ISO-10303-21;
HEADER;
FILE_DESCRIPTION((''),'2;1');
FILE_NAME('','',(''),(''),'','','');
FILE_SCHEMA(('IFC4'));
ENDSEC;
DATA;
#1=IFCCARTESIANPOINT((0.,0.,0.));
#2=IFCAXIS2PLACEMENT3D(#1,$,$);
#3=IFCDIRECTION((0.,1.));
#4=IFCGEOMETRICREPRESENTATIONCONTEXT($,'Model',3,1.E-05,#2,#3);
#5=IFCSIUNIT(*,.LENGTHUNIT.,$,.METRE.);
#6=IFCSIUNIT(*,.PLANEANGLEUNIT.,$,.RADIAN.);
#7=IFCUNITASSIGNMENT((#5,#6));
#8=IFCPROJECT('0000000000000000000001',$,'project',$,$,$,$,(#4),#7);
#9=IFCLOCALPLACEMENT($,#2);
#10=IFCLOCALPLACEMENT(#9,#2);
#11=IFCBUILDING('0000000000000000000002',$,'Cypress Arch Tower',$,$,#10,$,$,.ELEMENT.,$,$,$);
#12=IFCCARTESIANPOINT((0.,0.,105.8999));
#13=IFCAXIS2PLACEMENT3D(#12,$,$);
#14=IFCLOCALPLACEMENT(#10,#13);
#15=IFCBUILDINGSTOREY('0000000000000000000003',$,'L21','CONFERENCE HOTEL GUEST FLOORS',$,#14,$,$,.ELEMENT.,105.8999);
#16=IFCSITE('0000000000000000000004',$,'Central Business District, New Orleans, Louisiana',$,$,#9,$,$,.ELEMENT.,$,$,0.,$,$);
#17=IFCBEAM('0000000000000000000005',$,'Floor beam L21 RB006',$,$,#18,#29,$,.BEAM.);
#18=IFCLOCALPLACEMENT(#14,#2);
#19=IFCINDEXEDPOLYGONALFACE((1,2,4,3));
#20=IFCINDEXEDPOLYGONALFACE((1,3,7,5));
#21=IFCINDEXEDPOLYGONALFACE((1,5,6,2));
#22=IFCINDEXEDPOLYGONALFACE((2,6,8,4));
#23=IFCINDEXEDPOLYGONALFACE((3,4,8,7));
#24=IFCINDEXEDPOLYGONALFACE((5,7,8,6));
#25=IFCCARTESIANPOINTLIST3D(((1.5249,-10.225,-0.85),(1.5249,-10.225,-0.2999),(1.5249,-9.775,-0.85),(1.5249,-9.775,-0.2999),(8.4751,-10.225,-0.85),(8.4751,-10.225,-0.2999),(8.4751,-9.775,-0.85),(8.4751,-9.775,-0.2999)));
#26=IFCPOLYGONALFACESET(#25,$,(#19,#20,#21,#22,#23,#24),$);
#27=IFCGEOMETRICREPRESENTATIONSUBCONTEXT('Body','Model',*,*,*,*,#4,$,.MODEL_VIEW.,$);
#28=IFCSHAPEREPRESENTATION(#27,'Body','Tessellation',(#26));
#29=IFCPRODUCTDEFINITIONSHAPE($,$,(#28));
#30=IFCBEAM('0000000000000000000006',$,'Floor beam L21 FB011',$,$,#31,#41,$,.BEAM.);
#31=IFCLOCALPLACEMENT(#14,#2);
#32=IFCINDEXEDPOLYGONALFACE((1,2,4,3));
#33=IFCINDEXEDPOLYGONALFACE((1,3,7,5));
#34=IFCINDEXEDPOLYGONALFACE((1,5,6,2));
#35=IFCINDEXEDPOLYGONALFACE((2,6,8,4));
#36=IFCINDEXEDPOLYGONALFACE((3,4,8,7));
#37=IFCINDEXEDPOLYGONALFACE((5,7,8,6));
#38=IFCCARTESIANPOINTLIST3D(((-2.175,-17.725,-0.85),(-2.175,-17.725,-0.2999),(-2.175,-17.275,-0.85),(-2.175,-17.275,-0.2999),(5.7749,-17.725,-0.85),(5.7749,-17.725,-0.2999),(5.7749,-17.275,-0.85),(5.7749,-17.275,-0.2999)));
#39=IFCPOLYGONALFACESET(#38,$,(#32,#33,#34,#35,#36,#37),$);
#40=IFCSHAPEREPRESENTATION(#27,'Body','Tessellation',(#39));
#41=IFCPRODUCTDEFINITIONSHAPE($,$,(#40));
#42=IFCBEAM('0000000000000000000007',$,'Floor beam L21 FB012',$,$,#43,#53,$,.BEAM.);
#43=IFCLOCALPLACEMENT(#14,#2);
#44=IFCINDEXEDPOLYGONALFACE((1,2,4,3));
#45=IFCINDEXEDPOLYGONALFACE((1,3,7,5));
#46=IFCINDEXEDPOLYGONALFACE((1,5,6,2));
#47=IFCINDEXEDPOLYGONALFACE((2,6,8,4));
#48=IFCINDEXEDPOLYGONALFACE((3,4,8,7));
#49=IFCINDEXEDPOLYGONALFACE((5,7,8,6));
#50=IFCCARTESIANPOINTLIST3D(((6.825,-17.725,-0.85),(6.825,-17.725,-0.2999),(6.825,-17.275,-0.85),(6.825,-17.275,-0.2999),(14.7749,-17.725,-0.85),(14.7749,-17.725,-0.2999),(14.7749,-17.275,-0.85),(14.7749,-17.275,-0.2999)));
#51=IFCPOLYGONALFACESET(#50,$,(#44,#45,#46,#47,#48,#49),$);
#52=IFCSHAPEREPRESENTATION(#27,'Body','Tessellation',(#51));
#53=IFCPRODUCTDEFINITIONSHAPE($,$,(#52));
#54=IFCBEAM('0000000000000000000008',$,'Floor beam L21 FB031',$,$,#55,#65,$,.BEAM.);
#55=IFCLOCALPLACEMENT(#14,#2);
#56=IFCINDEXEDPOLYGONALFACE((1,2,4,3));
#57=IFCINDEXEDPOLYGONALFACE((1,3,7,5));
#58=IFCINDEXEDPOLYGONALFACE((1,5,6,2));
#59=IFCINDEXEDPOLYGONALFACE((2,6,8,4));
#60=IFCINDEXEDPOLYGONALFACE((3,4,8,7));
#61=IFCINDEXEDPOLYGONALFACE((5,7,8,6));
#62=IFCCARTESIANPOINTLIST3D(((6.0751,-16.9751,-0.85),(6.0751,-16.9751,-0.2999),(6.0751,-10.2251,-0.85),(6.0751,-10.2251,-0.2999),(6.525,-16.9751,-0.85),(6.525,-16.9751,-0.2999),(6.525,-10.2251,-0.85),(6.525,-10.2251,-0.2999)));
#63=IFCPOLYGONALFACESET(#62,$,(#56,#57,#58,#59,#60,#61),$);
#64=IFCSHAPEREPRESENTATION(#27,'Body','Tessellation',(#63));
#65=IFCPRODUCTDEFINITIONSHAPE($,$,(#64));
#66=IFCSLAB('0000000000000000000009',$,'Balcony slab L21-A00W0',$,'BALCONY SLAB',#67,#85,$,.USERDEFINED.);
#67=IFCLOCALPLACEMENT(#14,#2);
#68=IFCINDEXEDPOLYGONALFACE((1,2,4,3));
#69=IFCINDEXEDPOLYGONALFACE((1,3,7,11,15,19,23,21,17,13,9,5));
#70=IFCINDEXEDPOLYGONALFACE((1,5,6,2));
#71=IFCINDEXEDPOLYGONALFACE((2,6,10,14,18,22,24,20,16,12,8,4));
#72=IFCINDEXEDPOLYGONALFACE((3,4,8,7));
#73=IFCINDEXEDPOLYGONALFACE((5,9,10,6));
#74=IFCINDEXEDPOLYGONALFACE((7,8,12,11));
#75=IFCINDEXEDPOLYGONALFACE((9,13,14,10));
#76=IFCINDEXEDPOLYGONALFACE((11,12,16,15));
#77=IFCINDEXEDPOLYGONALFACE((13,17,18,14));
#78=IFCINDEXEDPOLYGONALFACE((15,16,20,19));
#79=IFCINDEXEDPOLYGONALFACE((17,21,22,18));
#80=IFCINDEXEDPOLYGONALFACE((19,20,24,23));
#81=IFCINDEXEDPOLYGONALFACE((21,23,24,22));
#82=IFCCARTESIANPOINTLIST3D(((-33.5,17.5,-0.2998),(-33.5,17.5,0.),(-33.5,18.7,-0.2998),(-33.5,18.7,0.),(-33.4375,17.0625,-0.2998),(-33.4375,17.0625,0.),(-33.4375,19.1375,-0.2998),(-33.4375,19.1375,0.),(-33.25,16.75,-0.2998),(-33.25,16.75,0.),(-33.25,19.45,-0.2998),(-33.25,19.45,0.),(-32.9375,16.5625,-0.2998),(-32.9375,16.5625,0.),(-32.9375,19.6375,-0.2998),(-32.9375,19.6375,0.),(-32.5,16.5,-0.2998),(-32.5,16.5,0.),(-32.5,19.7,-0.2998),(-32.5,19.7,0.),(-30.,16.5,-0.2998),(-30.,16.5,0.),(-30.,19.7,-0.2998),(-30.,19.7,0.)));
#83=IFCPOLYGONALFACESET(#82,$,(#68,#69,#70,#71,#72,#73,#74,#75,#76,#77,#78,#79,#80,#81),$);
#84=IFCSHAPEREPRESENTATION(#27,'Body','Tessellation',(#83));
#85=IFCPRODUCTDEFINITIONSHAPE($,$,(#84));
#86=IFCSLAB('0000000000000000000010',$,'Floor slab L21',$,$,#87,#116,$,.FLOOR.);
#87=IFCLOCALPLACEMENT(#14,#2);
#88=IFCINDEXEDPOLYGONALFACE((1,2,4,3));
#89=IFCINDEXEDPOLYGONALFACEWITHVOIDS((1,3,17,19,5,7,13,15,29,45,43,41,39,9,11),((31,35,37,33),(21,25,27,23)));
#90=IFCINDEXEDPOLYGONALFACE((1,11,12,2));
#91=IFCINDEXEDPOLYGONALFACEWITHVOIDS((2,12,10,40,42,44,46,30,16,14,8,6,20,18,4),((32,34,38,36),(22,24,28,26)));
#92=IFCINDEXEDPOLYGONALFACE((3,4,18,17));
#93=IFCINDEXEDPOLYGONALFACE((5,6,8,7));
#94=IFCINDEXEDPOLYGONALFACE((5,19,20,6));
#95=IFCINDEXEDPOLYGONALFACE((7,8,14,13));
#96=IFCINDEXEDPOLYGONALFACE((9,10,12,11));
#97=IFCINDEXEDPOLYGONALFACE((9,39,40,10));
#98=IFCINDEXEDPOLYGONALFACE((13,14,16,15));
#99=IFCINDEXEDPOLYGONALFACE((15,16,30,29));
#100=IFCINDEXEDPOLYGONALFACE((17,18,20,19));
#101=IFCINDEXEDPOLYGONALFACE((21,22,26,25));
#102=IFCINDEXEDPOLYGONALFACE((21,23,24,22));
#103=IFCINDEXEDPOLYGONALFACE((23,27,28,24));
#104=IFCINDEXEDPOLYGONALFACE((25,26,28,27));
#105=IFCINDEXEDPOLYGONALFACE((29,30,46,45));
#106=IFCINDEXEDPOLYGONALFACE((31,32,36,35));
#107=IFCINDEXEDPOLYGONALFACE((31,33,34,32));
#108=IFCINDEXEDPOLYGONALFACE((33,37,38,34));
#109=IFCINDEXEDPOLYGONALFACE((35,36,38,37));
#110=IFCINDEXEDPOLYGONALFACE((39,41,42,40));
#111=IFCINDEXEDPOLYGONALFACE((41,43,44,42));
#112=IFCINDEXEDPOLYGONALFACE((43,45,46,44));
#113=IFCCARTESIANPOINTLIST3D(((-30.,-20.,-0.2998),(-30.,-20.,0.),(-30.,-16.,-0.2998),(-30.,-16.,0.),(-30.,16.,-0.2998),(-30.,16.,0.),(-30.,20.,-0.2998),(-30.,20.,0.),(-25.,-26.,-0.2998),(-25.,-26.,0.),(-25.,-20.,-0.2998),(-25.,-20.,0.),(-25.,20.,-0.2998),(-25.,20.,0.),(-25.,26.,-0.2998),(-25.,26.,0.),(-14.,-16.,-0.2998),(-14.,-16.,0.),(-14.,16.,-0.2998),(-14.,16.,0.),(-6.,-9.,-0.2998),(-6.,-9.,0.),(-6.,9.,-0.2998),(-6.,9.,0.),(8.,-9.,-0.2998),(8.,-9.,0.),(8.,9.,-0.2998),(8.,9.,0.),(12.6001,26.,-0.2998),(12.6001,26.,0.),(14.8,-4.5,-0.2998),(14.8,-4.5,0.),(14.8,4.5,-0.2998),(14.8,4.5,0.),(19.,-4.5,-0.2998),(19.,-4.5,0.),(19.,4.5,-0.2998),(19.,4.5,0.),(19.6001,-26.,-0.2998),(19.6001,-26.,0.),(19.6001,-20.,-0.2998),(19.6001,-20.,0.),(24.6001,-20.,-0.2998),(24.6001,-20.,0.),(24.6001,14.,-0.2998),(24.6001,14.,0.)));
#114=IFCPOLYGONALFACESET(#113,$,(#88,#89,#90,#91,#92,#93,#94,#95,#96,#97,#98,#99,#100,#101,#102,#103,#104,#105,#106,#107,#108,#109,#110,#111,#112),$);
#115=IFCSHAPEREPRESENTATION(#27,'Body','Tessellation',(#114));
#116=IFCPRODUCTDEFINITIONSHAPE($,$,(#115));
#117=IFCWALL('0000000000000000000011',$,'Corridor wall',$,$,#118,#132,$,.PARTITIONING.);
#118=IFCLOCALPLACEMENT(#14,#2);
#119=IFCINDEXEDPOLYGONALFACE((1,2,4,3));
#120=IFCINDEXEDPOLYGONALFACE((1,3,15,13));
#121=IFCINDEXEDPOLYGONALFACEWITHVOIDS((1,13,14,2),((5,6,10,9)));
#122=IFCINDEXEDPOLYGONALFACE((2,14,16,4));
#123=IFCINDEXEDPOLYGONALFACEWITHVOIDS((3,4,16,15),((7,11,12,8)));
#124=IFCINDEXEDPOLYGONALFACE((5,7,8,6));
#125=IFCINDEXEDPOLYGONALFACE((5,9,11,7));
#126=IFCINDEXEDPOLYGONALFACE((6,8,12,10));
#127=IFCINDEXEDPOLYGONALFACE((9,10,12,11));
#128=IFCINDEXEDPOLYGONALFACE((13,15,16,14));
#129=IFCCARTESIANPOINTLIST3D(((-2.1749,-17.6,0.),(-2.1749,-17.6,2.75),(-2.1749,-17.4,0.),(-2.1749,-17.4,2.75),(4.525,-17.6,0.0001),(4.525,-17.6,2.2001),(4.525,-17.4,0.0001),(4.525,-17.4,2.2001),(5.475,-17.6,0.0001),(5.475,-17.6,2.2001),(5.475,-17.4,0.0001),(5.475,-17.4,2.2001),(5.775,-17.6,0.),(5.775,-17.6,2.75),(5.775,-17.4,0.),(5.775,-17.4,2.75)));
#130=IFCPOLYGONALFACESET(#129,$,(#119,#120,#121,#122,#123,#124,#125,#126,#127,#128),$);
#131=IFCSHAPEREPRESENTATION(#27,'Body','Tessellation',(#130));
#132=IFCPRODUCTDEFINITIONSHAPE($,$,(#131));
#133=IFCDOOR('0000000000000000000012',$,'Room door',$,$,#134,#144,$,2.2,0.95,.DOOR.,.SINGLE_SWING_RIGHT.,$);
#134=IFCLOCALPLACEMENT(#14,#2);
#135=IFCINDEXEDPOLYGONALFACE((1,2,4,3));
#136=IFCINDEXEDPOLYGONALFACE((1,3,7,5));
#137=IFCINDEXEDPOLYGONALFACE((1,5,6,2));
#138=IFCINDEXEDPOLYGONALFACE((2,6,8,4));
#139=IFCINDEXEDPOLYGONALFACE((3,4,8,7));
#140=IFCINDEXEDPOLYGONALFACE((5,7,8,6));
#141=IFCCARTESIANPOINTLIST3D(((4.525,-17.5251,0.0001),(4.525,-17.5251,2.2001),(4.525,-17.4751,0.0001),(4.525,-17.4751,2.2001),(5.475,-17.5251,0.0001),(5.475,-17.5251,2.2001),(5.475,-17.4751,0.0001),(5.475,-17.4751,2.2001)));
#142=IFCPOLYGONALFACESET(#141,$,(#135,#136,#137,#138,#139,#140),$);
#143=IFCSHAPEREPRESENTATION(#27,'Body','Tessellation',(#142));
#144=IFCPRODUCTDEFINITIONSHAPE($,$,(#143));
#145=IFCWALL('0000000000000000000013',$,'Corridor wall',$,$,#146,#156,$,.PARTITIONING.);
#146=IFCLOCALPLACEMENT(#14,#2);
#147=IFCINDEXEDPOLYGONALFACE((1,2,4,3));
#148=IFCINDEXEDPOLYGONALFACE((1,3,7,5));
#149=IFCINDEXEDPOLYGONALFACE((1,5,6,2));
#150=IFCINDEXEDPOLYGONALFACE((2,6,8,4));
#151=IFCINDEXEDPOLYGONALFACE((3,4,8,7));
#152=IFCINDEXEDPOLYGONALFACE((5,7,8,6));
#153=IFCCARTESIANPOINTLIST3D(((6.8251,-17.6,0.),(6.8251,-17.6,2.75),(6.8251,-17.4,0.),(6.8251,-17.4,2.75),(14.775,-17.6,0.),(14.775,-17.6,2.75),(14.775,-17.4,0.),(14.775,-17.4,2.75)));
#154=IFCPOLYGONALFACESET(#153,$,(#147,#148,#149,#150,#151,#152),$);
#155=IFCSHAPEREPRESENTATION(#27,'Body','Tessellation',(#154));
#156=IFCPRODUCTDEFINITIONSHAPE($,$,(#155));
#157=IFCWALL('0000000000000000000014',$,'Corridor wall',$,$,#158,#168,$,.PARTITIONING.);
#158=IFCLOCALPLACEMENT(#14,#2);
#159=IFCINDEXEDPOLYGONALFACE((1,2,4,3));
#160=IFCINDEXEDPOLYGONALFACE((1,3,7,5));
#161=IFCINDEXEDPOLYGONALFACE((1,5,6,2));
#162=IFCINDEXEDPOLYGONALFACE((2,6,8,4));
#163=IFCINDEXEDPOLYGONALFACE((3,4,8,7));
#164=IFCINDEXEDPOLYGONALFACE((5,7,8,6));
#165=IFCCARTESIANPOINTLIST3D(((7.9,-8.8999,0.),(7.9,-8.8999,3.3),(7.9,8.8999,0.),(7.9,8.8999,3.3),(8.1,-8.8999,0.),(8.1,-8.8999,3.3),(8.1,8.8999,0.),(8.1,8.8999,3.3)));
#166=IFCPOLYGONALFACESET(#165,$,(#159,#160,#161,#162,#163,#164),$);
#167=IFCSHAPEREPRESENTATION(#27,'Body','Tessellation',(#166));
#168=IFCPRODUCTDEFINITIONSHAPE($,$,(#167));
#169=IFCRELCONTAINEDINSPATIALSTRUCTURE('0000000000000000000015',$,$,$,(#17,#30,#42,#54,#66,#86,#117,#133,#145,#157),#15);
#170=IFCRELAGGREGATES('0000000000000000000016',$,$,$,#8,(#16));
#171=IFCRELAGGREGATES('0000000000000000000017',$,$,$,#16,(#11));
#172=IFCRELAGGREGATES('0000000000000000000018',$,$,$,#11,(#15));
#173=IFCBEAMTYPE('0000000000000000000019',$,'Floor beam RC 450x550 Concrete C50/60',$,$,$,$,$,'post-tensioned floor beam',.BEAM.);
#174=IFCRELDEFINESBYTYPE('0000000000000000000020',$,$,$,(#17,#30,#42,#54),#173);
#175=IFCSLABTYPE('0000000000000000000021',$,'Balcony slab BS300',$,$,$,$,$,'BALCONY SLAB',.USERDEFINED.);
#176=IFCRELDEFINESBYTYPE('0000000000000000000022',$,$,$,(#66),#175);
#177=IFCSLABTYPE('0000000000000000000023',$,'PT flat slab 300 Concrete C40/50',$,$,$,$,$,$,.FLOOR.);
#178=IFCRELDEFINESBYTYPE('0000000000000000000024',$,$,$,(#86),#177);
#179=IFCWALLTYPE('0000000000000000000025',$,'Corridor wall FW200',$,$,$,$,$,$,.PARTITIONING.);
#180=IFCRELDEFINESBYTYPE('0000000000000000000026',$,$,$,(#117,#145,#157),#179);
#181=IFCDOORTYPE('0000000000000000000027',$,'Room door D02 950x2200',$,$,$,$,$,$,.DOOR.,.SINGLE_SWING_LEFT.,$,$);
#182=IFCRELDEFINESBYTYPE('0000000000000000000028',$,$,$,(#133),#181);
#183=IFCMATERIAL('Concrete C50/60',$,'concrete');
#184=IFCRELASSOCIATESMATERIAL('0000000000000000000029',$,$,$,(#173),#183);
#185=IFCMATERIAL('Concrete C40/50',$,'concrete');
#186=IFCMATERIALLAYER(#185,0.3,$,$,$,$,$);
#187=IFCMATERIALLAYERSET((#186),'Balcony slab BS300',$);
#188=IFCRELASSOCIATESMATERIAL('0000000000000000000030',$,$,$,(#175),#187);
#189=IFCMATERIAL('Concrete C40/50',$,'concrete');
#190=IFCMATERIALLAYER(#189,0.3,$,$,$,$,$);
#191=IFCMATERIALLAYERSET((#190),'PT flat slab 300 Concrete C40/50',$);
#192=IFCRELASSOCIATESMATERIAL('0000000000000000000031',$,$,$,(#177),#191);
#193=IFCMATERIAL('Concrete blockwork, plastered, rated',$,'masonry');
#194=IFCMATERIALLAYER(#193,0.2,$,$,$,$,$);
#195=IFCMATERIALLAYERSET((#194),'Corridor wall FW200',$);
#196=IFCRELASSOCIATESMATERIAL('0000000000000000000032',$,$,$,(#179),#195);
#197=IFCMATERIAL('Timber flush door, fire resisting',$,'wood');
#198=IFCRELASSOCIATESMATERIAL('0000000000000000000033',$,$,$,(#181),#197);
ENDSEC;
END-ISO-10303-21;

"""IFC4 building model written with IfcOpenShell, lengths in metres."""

from ifc_helpers import new_model, si_unit, direction, frame, frame_2d, origin, origin_2d, place, context, subcontext, project, spatial, polyline, rectangle, outline, extrude, material, layer, layer_set, material_profile, profile_set, type_object, element, fill, save


model = new_model("IFC4")

# Units and contexts
model_context = context("Model", 3, precision=1e-05, world=origin(), true_north=direction((0.0, 1.0)))
body_context = subcontext(model_context, "Body", "Model", "MODEL_VIEW")
ifc_project = project(units=[si_unit("LENGTHUNIT", "METRE"), si_unit("PLANEANGLEUNIT", "RADIAN")], contexts=[model_context])

# Site, building, storey
site_placement = place(None, origin())
site = spatial("IfcSite", under=ifc_project, at=site_placement, Name="Central Business District, New Orleans, Louisiana", CompositionType="ELEMENT", RefElevation=0.0)
building_placement = place(site_placement, origin())
building = spatial("IfcBuilding", under=site, at=building_placement, Name="Cypress Arch Tower", CompositionType="ELEMENT")
storey_placement = place(building_placement, frame((0.0, 0.0, 105.8999)))
storey = spatial("IfcBuildingStorey", under=building, at=storey_placement, Name="L21", Description="CONFERENCE HOTEL GUEST FLOORS", CompositionType="ELEMENT", Elevation=105.8999)

# Beams
ifc_material_1 = material(Name="Concrete C50/60", Category="concrete")
ifc_material_profile_1 = material_profile(ifc_material_1, rectangle(XDim=0.45, YDim=0.55, at=origin_2d()), Name="RC 450x550")
ifc_profile_set_1 = profile_set([ifc_material_profile_1], Name="Concrete C50/60")
beam_type_1 = type_object("IfcBeamType", Name="Floor beam RC 450x550 Concrete C50/60", ElementType="post-tensioned floor beam", PredefinedType="BEAM", material=ifc_profile_set_1)
beam_1_placement = place(storey_placement, frame((1.5249, -10.0, -0.575), z_axis=(1.0, 0.0, 0.0), x_axis=(0.0, 1.0, 0.0)))
element("IfcBeam", 1, at=beam_1_placement, inside=storey, type_object=beam_type_1, Name="Floor beam L21 RB006", PredefinedType="BEAM", context=body_context, shape_type="SweptSolid", body=[
    extrude(rectangle(XDim=0.45, YDim=0.55, at=origin_2d()), origin(), (0.0, 0.0, 1.0), 6.9502),
])
for number, where, z_axis, x_axis, name in (
    (2, (-2.175, -17.5, -0.575), (1.0, 0.0, 0.0), (0.0, 1.0, 0.0), "Floor beam L21 FB011"),
    (3, (6.825, -17.5, -0.575), (1.0, 0.0, 0.0), (0.0, 1.0, 0.0), "Floor beam L21 FB012"),
):
    element("IfcBeam", number, at=place(storey_placement, frame(where, z_axis=z_axis, x_axis=x_axis)), inside=storey, type_object=beam_type_1, Name=name, PredefinedType="BEAM", context=body_context, shape_type="SweptSolid", body=[
        extrude(rectangle(XDim=0.45, YDim=0.55, at=origin_2d()), origin(), (0.0, 0.0, 1.0), 7.95),
    ])
beam_2_placement = place(storey_placement, frame((6.3, -16.9751, -0.575), z_axis=(0.0, 1.0, 0.0), x_axis=(-1.0, 0.0, 0.0)))
element("IfcBeam", 4, at=beam_2_placement, inside=storey, type_object=beam_type_1, Name="Floor beam L21 FB031", PredefinedType="BEAM", context=body_context, shape_type="SweptSolid", body=[
    extrude(rectangle(XDim=0.45, YDim=0.55, at=origin_2d()), origin(), (0.0, 0.0, 1.0), 6.75),
])

# Slabs
ifc_material_2 = material(Name="Concrete C40/50", Category="concrete")
ifc_layer_1 = layer(ifc_material_2, 0.3)
ifc_layer_set_1 = layer_set([ifc_layer_1], Name="Balcony slab BS300")
slab_type_1 = type_object("IfcSlabType", Name="Balcony slab BS300", ElementType="BALCONY SLAB", PredefinedType="USERDEFINED", material=ifc_layer_set_1)
slab_1_placement = place(storey_placement, frame((0.0, 0.0, -0.2998)))
element("IfcSlab", 5, at=slab_1_placement, inside=storey, type_object=slab_type_1, Name="Balcony slab L21-A00W0", ObjectType="BALCONY SLAB", PredefinedType="USERDEFINED", context=body_context, shape_type="SweptSolid", body=[
    extrude(outline(polyline([(-30.0, 19.7), (-32.5, 19.7), (-32.9375, 19.6375), (-33.25, 19.45), (-33.4375, 19.1375), (-33.5, 18.7), (-33.5, 17.5), (-33.4375, 17.0625), (-33.25, 16.75), (-32.9375, 16.5625), (-32.5, 16.5), (-30.0, 16.5), (-30.0, 19.7)])), origin(), (0.0, 0.0, 1.0), 0.2998),
])
ifc_material_3 = material(Name="Concrete C40/50", Category="concrete")
ifc_layer_2 = layer(ifc_material_3, 0.3)
ifc_layer_set_2 = layer_set([ifc_layer_2], Name="PT flat slab 300 Concrete C40/50")
slab_type_2 = type_object("IfcSlabType", Name="PT flat slab 300 Concrete C40/50", PredefinedType="FLOOR", material=ifc_layer_set_2)
slab_2_placement = place(storey_placement, frame((0.0, 0.0, -0.2998)))
element("IfcSlab", 6, at=slab_2_placement, inside=storey, type_object=slab_type_2, Name="Floor slab L21", PredefinedType="FLOOR", context=body_context, shape_type="SweptSolid", body=[
    extrude(outline(polyline([(-30.0, 20.0), (-25.0, 20.0), (-25.0, 26.0), (12.6001, 26.0), (24.6001, 14.0), (24.6001, -20.0), (19.6001, -20.0), (19.6001, -26.0), (-25.0, -26.0), (-25.0, -20.0), (-30.0, -20.0), (-30.0, -16.0), (-14.0, -16.0), (-14.0, 16.0), (-30.0, 16.0), (-30.0, 20.0)]), holes=[polyline([(-6.0, -9.0), (8.0, -9.0), (8.0, 9.0), (-6.0, 9.0), (-6.0, -9.0)]), polyline([(14.8, -4.5), (19.0, -4.5), (19.0, 4.5), (14.8, 4.5), (14.8, -4.5)])]), origin(), (0.0, 0.0, 1.0), 0.2998),
])

# Wall, opening, door
ifc_material_4 = material(Name="Concrete blockwork, plastered, rated", Category="masonry")
ifc_layer_3 = layer(ifc_material_4, 0.2)
ifc_layer_set_3 = layer_set([ifc_layer_3], Name="Corridor wall FW200")
wall_type_1 = type_object("IfcWallType", Name="Corridor wall FW200", PredefinedType="PARTITIONING", material=ifc_layer_set_3)
wall_1_placement = place(storey_placement, frame((-2.175, -17.5, 0.0), z_axis=(0.0, 0.0, 1.0), x_axis=(1.0, 0.0, 0.0)))
wall_1 = element("IfcWall", 7, at=wall_1_placement, inside=storey, type_object=wall_type_1, Name="Corridor wall", PredefinedType="PARTITIONING", context=body_context, shape_type="SweptSolid", body=[
    extrude(rectangle(XDim=7.95, YDim=0.2, at=frame_2d((3.9751, 0.0))), origin(), (0.0, 0.0, 1.0), 2.75),
])
opening_1_placement = place(wall_1_placement, frame((6.7, 0.0, 0.0)))
opening_1 = element("IfcOpeningElement", 8, at=opening_1_placement, cuts=wall_1, PredefinedType="OPENING", context=body_context, shape_type="SweptSolid", body=[
    extrude(rectangle(XDim=0.95, YDim=2.2, at=frame_2d((0.4751, 1.1001))), frame((0.0, 0.1099, 0.0), z_axis=(0.0, -1.0, 0.0), x_axis=(1.0, 0.0, 0.0)), (0.0, 0.0, 1.0), 0.22),
])
ifc_material_5 = material(Name="Timber flush door, fire resisting", Category="wood")
door_type_1 = type_object("IfcDoorType", Name="Room door D02 950x2200", OperationType="SINGLE_SWING_LEFT", PredefinedType="DOOR", material=ifc_material_5)
door_1_placement = place(opening_1_placement, origin())
door_1 = element("IfcDoor", 9, at=door_1_placement, inside=storey, type_object=door_type_1, Name="Room door", OperationType="SINGLE_SWING_RIGHT", OverallHeight=2.2, OverallWidth=0.95, PredefinedType="DOOR", context=body_context, shape_type="SweptSolid", body=[
    extrude(rectangle(XDim=0.95, YDim=2.2, at=frame_2d((0.4751, 1.1001))), frame((0.0, 0.0249, 0.0), z_axis=(0.0, -1.0, 0.0), x_axis=(1.0, 0.0, 0.0)), (0.0, 0.0, 1.0), 0.05),
])
fill(opening_1, door_1)

# Walls
wall_2_placement = place(storey_placement, frame((6.825, -17.5, 0.0), z_axis=(0.0, 0.0, 1.0), x_axis=(1.0, 0.0, 0.0)))
element("IfcWall", 10, at=wall_2_placement, inside=storey, type_object=wall_type_1, Name="Corridor wall", PredefinedType="PARTITIONING", context=body_context, shape_type="SweptSolid", body=[
    extrude(rectangle(XDim=7.95, YDim=0.2, at=frame_2d((3.9751, 0.0))), origin(), (0.0, 0.0, 1.0), 2.75),
])
wall_3_placement = place(storey_placement, frame((8.0, -8.8999, 0.0), z_axis=(0.0, 0.0, 1.0), x_axis=(0.0, 1.0, 0.0)))
element("IfcWall", 11, at=wall_3_placement, inside=storey, type_object=wall_type_1, Name="Corridor wall", PredefinedType="PARTITIONING", context=body_context, shape_type="SweptSolid", body=[
    extrude(rectangle(XDim=17.7998, YDim=0.2, at=frame_2d((8.8999, 0.0))), origin(), (0.0, 0.0, 1.0), 3.3),
])

save(model, "model.ifc")
